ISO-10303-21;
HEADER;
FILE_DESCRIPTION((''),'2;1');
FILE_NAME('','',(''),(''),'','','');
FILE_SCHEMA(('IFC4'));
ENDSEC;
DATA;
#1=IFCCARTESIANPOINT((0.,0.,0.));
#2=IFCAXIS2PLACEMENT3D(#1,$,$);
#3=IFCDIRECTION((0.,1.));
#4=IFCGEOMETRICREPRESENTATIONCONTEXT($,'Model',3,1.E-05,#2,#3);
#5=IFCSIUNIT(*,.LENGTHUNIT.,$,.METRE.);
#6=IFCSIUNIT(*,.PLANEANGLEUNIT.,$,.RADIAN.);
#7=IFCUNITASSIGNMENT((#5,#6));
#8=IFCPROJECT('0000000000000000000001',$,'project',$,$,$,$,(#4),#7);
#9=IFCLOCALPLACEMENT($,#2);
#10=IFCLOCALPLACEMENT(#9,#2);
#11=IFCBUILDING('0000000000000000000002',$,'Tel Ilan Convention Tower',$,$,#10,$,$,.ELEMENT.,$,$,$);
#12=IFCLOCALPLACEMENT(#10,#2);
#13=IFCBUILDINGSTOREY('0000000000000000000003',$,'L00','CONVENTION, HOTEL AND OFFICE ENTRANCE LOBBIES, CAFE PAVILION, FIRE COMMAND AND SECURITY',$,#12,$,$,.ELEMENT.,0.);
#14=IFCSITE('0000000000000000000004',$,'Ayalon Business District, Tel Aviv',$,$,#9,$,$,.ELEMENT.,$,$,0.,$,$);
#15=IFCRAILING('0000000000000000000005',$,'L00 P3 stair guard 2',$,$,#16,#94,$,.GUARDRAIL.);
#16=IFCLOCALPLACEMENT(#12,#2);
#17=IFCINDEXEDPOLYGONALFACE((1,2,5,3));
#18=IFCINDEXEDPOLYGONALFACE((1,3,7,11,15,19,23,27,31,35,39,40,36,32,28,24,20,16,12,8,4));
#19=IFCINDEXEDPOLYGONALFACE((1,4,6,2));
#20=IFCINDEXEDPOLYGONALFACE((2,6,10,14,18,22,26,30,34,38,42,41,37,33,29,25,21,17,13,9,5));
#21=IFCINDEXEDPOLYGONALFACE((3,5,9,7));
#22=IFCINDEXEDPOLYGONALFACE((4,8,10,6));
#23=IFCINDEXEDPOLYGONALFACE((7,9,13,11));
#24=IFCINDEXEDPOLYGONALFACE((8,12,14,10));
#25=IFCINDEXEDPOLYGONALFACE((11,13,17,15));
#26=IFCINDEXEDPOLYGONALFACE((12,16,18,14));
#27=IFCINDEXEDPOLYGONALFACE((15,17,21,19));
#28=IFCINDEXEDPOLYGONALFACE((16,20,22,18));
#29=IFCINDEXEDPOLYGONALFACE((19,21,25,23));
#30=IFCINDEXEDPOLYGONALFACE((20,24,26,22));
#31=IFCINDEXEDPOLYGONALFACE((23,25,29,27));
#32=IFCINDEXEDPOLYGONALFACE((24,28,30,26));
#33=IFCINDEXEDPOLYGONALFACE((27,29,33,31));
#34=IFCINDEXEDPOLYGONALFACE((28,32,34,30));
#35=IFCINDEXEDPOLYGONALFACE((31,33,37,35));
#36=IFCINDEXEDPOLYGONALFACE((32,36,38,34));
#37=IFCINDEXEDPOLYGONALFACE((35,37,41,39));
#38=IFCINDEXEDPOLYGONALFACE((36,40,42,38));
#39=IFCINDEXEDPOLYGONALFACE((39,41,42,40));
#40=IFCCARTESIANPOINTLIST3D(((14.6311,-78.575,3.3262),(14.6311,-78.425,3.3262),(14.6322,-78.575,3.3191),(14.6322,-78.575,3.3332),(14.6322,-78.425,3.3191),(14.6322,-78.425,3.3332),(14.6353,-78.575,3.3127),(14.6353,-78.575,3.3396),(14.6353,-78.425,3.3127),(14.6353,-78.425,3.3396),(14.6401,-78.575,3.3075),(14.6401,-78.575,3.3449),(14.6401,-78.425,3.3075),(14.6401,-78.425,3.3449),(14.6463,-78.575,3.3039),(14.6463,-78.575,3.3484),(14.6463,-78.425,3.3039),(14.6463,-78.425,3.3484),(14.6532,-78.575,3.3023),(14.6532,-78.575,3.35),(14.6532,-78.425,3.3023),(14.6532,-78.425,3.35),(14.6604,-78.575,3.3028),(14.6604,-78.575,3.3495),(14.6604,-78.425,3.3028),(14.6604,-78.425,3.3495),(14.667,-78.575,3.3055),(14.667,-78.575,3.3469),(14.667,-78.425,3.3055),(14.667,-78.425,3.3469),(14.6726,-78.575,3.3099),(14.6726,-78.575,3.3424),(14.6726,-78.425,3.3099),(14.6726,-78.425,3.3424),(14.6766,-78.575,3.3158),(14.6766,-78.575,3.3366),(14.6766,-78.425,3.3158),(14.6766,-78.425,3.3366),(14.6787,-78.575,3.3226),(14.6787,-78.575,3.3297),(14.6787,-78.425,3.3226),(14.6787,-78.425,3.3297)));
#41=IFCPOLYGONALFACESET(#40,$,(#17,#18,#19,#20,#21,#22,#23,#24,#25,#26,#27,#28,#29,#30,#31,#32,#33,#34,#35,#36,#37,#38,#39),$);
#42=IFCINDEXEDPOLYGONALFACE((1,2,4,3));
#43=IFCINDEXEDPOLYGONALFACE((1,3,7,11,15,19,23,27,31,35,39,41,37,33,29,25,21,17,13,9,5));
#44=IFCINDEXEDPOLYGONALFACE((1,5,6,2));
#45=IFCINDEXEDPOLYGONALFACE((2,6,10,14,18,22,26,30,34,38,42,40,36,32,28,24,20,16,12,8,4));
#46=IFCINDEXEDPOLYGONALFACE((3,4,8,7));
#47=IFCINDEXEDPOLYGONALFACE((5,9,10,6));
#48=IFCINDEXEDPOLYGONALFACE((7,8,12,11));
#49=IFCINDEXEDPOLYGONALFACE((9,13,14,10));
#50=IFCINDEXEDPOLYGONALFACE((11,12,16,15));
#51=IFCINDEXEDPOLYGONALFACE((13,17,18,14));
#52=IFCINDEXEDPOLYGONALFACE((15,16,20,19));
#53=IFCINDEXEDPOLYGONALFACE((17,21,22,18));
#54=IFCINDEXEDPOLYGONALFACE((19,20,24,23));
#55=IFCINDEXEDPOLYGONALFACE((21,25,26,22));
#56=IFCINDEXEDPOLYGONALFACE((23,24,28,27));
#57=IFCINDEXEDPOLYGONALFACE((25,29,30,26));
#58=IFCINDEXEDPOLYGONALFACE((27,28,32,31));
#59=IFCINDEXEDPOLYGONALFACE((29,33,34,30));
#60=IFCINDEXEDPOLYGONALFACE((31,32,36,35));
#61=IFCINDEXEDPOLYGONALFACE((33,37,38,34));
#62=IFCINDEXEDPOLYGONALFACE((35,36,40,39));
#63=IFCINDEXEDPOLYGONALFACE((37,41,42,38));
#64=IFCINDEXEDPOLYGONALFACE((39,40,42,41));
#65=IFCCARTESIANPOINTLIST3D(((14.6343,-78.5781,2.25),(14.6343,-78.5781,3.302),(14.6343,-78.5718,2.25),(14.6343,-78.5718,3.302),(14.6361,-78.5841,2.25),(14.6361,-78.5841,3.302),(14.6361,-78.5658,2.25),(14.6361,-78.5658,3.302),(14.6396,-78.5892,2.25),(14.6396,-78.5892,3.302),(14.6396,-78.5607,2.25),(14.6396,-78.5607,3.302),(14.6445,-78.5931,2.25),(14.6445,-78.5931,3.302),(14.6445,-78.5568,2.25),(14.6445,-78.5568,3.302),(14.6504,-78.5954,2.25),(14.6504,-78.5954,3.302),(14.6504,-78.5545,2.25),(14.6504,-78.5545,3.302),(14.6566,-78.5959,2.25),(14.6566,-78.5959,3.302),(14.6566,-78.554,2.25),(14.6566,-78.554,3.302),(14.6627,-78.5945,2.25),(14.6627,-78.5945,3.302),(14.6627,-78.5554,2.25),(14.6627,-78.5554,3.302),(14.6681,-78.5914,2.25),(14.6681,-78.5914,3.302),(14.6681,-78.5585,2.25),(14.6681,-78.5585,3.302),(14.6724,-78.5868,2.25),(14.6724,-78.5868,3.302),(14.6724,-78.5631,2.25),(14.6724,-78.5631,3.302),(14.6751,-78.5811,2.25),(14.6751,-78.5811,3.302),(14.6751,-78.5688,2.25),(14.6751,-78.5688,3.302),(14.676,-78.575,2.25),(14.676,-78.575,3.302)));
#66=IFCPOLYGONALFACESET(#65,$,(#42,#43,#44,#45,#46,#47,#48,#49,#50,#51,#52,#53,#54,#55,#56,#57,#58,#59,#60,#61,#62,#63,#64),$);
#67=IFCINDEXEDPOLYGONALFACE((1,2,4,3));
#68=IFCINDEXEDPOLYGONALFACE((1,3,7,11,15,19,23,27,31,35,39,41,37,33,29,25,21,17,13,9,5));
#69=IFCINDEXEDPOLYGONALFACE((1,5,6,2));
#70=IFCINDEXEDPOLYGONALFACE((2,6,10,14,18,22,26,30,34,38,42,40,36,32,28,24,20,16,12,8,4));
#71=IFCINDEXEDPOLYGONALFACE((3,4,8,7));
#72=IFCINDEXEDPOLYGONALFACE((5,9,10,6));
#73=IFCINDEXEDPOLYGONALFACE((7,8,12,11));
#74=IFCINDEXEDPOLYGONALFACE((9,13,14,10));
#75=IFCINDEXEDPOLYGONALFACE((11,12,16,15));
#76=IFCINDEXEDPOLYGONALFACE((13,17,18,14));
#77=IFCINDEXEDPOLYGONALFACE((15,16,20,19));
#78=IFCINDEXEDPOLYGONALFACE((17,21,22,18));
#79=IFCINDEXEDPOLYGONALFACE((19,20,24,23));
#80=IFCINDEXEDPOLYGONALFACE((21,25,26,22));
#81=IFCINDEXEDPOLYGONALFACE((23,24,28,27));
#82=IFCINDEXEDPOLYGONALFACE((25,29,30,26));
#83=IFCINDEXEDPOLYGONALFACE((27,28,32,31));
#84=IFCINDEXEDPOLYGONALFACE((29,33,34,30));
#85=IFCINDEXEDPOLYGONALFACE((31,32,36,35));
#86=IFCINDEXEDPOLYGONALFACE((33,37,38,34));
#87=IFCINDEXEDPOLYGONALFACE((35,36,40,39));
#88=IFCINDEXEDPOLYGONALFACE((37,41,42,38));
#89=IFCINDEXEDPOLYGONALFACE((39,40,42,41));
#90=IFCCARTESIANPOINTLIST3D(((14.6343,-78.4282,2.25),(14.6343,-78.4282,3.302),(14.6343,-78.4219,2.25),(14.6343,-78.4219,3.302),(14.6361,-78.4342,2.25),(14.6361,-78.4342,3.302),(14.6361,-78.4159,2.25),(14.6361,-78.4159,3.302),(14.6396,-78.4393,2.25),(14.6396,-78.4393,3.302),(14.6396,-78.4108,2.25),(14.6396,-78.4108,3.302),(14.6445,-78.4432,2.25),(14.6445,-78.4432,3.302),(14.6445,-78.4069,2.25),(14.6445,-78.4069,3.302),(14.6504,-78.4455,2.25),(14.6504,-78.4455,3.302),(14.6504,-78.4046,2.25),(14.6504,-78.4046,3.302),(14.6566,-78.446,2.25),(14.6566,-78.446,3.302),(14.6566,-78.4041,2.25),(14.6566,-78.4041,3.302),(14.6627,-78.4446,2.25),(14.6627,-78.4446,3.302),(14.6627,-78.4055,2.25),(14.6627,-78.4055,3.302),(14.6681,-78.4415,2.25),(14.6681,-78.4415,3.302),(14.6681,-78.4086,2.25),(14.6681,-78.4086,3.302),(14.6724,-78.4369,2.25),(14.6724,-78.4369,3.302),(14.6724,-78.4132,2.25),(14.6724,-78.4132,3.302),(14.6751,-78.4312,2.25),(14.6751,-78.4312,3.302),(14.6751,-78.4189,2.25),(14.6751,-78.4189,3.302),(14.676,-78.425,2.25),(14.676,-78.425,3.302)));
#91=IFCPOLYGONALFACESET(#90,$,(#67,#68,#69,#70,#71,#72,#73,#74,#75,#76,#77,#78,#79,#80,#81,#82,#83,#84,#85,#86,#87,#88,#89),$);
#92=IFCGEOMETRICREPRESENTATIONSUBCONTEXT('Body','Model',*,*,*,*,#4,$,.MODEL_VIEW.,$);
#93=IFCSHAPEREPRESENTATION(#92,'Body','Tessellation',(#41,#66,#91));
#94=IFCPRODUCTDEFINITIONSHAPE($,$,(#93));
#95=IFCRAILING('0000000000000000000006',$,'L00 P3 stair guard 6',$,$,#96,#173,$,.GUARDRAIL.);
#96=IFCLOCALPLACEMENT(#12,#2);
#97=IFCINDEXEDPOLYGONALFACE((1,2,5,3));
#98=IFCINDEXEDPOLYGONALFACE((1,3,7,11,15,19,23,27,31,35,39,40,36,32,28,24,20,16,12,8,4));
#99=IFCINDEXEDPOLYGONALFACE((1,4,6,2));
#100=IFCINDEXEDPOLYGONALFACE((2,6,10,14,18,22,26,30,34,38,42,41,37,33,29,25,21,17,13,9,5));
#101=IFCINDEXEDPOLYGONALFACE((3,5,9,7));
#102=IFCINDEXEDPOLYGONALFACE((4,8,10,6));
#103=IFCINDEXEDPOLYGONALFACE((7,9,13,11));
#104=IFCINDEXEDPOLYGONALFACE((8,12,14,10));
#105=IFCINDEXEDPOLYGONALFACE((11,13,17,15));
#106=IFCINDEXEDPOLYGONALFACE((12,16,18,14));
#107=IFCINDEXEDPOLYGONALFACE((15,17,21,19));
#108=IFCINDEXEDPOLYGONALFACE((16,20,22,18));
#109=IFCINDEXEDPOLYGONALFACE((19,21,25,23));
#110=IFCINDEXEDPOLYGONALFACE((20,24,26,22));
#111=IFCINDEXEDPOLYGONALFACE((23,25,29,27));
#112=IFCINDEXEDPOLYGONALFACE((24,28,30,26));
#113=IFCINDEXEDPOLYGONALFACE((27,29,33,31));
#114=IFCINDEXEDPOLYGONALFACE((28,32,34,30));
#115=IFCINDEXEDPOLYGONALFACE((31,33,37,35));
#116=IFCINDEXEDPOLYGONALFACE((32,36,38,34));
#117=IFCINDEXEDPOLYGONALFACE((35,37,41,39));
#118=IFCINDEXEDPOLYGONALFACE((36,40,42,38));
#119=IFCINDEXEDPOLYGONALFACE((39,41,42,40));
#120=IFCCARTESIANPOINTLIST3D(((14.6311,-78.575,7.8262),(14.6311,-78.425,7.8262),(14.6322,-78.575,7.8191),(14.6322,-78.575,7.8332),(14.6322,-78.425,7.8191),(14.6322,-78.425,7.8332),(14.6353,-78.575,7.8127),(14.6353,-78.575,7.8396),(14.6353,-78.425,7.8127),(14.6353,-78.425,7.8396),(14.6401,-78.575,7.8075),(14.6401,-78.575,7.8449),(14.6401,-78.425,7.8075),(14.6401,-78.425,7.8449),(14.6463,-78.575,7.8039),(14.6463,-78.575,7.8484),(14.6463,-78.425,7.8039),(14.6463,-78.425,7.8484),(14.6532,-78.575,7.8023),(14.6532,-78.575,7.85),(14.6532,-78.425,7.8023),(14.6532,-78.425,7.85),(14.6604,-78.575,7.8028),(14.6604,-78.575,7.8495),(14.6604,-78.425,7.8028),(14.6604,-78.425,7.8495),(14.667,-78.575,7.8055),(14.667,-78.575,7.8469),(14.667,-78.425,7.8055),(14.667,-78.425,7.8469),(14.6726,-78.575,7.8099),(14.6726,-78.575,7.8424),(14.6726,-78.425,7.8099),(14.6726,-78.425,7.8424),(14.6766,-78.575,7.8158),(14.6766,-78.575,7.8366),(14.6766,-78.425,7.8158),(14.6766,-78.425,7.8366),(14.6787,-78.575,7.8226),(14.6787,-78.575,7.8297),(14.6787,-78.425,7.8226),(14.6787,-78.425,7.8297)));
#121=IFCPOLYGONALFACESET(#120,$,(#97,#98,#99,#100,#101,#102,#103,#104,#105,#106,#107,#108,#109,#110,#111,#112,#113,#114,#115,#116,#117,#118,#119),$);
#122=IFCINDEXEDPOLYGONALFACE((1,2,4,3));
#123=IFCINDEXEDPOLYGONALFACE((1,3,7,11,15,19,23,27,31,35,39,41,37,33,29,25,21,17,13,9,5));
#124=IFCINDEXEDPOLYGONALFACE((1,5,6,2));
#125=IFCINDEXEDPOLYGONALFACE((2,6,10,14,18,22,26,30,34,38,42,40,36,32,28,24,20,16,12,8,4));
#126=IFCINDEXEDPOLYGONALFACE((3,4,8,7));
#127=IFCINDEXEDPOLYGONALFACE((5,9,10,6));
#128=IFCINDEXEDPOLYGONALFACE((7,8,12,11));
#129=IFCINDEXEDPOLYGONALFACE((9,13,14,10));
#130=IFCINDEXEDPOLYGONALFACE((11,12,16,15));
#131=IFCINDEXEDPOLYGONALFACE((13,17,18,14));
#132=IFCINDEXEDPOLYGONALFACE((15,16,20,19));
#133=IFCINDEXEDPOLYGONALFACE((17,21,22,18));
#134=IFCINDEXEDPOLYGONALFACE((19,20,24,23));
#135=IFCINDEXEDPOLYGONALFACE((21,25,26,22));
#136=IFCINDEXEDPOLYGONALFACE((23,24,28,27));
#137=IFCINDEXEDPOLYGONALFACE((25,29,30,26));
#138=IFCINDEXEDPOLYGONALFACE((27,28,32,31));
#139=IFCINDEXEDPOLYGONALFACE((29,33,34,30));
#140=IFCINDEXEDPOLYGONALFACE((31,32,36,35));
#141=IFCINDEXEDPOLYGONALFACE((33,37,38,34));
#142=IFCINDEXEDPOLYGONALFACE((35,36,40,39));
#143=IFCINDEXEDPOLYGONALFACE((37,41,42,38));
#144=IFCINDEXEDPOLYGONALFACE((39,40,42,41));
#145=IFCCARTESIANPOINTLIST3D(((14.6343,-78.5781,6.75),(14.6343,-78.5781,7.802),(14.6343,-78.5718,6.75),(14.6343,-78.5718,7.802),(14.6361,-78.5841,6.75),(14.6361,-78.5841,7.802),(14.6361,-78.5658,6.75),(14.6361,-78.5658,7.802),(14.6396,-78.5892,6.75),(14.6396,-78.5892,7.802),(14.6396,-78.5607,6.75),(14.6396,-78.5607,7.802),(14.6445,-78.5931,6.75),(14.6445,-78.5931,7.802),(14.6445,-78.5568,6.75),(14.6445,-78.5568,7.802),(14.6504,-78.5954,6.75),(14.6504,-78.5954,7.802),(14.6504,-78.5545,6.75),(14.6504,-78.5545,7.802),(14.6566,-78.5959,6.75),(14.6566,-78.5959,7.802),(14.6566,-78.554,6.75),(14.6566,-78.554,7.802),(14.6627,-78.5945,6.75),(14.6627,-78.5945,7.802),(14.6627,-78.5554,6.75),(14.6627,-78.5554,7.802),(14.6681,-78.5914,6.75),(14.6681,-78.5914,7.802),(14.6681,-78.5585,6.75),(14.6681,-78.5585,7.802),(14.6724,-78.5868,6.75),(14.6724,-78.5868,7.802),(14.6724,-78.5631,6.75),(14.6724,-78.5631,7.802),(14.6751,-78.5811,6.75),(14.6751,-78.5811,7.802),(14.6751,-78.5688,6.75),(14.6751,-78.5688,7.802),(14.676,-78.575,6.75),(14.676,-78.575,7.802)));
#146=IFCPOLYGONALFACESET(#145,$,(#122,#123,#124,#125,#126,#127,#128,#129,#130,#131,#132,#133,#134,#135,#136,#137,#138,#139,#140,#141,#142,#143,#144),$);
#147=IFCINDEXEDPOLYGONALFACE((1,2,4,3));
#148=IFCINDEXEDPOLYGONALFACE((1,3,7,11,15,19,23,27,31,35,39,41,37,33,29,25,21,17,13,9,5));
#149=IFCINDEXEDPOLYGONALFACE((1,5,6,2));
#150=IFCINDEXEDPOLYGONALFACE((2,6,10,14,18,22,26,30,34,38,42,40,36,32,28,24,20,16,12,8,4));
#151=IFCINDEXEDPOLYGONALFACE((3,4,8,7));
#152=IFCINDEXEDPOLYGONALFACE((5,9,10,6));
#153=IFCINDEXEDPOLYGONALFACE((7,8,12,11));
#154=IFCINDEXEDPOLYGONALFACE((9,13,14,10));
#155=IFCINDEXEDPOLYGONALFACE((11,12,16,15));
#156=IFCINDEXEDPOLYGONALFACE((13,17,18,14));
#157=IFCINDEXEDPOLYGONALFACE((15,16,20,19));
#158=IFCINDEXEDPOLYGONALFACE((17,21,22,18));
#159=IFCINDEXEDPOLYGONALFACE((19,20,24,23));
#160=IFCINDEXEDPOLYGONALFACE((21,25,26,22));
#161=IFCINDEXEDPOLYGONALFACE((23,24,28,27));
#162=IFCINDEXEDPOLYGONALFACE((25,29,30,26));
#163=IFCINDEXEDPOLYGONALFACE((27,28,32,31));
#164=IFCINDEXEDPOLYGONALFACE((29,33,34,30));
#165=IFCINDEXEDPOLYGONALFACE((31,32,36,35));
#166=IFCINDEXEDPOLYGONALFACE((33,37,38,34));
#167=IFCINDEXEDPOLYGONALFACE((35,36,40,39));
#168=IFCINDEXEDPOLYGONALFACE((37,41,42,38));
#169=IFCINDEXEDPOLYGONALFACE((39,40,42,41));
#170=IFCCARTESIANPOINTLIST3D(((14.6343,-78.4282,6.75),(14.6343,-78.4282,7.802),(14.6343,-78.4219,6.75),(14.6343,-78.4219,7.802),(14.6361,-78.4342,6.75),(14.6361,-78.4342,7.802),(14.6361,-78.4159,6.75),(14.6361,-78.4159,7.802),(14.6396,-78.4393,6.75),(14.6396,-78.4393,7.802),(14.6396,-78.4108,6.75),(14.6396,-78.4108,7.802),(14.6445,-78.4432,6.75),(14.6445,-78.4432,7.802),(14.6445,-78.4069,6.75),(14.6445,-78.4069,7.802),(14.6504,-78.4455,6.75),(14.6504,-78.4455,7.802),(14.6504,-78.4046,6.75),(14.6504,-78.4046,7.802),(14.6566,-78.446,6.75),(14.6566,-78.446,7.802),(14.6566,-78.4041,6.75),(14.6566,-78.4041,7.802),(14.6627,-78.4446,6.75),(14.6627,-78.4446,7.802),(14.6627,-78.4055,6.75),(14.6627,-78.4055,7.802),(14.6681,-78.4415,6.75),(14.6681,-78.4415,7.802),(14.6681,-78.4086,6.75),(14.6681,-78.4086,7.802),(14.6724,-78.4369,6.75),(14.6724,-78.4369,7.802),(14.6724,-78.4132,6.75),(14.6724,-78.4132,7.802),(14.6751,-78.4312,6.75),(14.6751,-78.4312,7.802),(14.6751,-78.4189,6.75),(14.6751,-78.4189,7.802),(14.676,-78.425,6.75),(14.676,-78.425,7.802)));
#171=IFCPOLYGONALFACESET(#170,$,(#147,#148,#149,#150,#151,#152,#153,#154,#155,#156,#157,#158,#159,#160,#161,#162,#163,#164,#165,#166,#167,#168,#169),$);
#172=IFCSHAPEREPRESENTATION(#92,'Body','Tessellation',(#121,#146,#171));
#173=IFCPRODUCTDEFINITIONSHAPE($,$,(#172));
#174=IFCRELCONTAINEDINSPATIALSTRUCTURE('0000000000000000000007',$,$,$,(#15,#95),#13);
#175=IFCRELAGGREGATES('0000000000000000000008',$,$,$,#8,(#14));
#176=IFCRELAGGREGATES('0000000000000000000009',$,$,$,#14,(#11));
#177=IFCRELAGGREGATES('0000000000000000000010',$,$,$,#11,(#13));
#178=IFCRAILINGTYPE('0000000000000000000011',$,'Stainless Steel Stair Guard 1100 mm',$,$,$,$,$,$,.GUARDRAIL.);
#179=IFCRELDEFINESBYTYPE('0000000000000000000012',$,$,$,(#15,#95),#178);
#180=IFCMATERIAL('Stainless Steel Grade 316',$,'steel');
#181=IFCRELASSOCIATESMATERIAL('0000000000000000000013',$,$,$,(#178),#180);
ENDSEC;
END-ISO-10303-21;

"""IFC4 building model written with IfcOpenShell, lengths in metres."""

from ifc_helpers import new_model, si_unit, direction, frame, origin, origin_2d, place, context, subcontext, project, spatial, circle, extrude, material, type_object, element, save


model = new_model("IFC4")

# Units and contexts
model_context = context("Model", 3, precision=1e-05, world=origin(), true_north=direction((0.0, 1.0)))
body_context = subcontext(model_context, "Body", "Model", "MODEL_VIEW")
ifc_project = project(units=[si_unit("LENGTHUNIT", "METRE"), si_unit("PLANEANGLEUNIT", "RADIAN")], contexts=[model_context])

# Site, building, storey
site_placement = place(None, origin())
site = spatial("IfcSite", under=ifc_project, at=site_placement, Name="Ayalon Business District, Tel Aviv", CompositionType="ELEMENT", RefElevation=0.0)
building_placement = place(site_placement, origin())
building = spatial("IfcBuilding", under=site, at=building_placement, Name="Tel Ilan Convention Tower", CompositionType="ELEMENT")
storey_placement = place(building_placement, origin())
storey = spatial("IfcBuildingStorey", under=building, at=storey_placement, Name="L00", Description="CONVENTION, HOTEL AND OFFICE ENTRANCE LOBBIES, CAFE PAVILION, FIRE COMMAND AND SECURITY", CompositionType="ELEMENT", Elevation=0.0)

# Railings
ifc_material_1 = material(Name="Stainless Steel Grade 316", Category="steel")
railing_type_1 = type_object("IfcRailingType", Name="Stainless Steel Stair Guard 1100 mm", PredefinedType="GUARDRAIL", material=ifc_material_1)
for number, where, name in (
    (1, (14.655, -78.575, 2.25), "L00 P3 stair guard 2"),
    (2, (14.655, -78.575, 6.75), "L00 P3 stair guard 6"),
):
    element("IfcRailing", number, at=place(storey_placement, frame(where)), inside=storey, type_object=railing_type_1, Name=name, PredefinedType="GUARDRAIL", context=body_context, shape_type="SweptSolid", body=[
        extrude(circle(Radius=0.0239, at=origin_2d()), frame((0.0, 0.0, 1.0762), z_axis=(0.0, 1.0, 0.0), x_axis=(-1.0, 0.0, 0.0)), (0.0, 0.0, 1.0), 0.1499),
        extrude(circle(Radius=0.021, at=origin_2d()), origin(), (0.0, 0.0, 1.0), 1.052),
        extrude(circle(Radius=0.021, at=origin_2d()), frame((0.0, 0.1499, 0.0)), (0.0, 0.0, 1.0), 1.052),
    ])

save(model, "model.ifc")
